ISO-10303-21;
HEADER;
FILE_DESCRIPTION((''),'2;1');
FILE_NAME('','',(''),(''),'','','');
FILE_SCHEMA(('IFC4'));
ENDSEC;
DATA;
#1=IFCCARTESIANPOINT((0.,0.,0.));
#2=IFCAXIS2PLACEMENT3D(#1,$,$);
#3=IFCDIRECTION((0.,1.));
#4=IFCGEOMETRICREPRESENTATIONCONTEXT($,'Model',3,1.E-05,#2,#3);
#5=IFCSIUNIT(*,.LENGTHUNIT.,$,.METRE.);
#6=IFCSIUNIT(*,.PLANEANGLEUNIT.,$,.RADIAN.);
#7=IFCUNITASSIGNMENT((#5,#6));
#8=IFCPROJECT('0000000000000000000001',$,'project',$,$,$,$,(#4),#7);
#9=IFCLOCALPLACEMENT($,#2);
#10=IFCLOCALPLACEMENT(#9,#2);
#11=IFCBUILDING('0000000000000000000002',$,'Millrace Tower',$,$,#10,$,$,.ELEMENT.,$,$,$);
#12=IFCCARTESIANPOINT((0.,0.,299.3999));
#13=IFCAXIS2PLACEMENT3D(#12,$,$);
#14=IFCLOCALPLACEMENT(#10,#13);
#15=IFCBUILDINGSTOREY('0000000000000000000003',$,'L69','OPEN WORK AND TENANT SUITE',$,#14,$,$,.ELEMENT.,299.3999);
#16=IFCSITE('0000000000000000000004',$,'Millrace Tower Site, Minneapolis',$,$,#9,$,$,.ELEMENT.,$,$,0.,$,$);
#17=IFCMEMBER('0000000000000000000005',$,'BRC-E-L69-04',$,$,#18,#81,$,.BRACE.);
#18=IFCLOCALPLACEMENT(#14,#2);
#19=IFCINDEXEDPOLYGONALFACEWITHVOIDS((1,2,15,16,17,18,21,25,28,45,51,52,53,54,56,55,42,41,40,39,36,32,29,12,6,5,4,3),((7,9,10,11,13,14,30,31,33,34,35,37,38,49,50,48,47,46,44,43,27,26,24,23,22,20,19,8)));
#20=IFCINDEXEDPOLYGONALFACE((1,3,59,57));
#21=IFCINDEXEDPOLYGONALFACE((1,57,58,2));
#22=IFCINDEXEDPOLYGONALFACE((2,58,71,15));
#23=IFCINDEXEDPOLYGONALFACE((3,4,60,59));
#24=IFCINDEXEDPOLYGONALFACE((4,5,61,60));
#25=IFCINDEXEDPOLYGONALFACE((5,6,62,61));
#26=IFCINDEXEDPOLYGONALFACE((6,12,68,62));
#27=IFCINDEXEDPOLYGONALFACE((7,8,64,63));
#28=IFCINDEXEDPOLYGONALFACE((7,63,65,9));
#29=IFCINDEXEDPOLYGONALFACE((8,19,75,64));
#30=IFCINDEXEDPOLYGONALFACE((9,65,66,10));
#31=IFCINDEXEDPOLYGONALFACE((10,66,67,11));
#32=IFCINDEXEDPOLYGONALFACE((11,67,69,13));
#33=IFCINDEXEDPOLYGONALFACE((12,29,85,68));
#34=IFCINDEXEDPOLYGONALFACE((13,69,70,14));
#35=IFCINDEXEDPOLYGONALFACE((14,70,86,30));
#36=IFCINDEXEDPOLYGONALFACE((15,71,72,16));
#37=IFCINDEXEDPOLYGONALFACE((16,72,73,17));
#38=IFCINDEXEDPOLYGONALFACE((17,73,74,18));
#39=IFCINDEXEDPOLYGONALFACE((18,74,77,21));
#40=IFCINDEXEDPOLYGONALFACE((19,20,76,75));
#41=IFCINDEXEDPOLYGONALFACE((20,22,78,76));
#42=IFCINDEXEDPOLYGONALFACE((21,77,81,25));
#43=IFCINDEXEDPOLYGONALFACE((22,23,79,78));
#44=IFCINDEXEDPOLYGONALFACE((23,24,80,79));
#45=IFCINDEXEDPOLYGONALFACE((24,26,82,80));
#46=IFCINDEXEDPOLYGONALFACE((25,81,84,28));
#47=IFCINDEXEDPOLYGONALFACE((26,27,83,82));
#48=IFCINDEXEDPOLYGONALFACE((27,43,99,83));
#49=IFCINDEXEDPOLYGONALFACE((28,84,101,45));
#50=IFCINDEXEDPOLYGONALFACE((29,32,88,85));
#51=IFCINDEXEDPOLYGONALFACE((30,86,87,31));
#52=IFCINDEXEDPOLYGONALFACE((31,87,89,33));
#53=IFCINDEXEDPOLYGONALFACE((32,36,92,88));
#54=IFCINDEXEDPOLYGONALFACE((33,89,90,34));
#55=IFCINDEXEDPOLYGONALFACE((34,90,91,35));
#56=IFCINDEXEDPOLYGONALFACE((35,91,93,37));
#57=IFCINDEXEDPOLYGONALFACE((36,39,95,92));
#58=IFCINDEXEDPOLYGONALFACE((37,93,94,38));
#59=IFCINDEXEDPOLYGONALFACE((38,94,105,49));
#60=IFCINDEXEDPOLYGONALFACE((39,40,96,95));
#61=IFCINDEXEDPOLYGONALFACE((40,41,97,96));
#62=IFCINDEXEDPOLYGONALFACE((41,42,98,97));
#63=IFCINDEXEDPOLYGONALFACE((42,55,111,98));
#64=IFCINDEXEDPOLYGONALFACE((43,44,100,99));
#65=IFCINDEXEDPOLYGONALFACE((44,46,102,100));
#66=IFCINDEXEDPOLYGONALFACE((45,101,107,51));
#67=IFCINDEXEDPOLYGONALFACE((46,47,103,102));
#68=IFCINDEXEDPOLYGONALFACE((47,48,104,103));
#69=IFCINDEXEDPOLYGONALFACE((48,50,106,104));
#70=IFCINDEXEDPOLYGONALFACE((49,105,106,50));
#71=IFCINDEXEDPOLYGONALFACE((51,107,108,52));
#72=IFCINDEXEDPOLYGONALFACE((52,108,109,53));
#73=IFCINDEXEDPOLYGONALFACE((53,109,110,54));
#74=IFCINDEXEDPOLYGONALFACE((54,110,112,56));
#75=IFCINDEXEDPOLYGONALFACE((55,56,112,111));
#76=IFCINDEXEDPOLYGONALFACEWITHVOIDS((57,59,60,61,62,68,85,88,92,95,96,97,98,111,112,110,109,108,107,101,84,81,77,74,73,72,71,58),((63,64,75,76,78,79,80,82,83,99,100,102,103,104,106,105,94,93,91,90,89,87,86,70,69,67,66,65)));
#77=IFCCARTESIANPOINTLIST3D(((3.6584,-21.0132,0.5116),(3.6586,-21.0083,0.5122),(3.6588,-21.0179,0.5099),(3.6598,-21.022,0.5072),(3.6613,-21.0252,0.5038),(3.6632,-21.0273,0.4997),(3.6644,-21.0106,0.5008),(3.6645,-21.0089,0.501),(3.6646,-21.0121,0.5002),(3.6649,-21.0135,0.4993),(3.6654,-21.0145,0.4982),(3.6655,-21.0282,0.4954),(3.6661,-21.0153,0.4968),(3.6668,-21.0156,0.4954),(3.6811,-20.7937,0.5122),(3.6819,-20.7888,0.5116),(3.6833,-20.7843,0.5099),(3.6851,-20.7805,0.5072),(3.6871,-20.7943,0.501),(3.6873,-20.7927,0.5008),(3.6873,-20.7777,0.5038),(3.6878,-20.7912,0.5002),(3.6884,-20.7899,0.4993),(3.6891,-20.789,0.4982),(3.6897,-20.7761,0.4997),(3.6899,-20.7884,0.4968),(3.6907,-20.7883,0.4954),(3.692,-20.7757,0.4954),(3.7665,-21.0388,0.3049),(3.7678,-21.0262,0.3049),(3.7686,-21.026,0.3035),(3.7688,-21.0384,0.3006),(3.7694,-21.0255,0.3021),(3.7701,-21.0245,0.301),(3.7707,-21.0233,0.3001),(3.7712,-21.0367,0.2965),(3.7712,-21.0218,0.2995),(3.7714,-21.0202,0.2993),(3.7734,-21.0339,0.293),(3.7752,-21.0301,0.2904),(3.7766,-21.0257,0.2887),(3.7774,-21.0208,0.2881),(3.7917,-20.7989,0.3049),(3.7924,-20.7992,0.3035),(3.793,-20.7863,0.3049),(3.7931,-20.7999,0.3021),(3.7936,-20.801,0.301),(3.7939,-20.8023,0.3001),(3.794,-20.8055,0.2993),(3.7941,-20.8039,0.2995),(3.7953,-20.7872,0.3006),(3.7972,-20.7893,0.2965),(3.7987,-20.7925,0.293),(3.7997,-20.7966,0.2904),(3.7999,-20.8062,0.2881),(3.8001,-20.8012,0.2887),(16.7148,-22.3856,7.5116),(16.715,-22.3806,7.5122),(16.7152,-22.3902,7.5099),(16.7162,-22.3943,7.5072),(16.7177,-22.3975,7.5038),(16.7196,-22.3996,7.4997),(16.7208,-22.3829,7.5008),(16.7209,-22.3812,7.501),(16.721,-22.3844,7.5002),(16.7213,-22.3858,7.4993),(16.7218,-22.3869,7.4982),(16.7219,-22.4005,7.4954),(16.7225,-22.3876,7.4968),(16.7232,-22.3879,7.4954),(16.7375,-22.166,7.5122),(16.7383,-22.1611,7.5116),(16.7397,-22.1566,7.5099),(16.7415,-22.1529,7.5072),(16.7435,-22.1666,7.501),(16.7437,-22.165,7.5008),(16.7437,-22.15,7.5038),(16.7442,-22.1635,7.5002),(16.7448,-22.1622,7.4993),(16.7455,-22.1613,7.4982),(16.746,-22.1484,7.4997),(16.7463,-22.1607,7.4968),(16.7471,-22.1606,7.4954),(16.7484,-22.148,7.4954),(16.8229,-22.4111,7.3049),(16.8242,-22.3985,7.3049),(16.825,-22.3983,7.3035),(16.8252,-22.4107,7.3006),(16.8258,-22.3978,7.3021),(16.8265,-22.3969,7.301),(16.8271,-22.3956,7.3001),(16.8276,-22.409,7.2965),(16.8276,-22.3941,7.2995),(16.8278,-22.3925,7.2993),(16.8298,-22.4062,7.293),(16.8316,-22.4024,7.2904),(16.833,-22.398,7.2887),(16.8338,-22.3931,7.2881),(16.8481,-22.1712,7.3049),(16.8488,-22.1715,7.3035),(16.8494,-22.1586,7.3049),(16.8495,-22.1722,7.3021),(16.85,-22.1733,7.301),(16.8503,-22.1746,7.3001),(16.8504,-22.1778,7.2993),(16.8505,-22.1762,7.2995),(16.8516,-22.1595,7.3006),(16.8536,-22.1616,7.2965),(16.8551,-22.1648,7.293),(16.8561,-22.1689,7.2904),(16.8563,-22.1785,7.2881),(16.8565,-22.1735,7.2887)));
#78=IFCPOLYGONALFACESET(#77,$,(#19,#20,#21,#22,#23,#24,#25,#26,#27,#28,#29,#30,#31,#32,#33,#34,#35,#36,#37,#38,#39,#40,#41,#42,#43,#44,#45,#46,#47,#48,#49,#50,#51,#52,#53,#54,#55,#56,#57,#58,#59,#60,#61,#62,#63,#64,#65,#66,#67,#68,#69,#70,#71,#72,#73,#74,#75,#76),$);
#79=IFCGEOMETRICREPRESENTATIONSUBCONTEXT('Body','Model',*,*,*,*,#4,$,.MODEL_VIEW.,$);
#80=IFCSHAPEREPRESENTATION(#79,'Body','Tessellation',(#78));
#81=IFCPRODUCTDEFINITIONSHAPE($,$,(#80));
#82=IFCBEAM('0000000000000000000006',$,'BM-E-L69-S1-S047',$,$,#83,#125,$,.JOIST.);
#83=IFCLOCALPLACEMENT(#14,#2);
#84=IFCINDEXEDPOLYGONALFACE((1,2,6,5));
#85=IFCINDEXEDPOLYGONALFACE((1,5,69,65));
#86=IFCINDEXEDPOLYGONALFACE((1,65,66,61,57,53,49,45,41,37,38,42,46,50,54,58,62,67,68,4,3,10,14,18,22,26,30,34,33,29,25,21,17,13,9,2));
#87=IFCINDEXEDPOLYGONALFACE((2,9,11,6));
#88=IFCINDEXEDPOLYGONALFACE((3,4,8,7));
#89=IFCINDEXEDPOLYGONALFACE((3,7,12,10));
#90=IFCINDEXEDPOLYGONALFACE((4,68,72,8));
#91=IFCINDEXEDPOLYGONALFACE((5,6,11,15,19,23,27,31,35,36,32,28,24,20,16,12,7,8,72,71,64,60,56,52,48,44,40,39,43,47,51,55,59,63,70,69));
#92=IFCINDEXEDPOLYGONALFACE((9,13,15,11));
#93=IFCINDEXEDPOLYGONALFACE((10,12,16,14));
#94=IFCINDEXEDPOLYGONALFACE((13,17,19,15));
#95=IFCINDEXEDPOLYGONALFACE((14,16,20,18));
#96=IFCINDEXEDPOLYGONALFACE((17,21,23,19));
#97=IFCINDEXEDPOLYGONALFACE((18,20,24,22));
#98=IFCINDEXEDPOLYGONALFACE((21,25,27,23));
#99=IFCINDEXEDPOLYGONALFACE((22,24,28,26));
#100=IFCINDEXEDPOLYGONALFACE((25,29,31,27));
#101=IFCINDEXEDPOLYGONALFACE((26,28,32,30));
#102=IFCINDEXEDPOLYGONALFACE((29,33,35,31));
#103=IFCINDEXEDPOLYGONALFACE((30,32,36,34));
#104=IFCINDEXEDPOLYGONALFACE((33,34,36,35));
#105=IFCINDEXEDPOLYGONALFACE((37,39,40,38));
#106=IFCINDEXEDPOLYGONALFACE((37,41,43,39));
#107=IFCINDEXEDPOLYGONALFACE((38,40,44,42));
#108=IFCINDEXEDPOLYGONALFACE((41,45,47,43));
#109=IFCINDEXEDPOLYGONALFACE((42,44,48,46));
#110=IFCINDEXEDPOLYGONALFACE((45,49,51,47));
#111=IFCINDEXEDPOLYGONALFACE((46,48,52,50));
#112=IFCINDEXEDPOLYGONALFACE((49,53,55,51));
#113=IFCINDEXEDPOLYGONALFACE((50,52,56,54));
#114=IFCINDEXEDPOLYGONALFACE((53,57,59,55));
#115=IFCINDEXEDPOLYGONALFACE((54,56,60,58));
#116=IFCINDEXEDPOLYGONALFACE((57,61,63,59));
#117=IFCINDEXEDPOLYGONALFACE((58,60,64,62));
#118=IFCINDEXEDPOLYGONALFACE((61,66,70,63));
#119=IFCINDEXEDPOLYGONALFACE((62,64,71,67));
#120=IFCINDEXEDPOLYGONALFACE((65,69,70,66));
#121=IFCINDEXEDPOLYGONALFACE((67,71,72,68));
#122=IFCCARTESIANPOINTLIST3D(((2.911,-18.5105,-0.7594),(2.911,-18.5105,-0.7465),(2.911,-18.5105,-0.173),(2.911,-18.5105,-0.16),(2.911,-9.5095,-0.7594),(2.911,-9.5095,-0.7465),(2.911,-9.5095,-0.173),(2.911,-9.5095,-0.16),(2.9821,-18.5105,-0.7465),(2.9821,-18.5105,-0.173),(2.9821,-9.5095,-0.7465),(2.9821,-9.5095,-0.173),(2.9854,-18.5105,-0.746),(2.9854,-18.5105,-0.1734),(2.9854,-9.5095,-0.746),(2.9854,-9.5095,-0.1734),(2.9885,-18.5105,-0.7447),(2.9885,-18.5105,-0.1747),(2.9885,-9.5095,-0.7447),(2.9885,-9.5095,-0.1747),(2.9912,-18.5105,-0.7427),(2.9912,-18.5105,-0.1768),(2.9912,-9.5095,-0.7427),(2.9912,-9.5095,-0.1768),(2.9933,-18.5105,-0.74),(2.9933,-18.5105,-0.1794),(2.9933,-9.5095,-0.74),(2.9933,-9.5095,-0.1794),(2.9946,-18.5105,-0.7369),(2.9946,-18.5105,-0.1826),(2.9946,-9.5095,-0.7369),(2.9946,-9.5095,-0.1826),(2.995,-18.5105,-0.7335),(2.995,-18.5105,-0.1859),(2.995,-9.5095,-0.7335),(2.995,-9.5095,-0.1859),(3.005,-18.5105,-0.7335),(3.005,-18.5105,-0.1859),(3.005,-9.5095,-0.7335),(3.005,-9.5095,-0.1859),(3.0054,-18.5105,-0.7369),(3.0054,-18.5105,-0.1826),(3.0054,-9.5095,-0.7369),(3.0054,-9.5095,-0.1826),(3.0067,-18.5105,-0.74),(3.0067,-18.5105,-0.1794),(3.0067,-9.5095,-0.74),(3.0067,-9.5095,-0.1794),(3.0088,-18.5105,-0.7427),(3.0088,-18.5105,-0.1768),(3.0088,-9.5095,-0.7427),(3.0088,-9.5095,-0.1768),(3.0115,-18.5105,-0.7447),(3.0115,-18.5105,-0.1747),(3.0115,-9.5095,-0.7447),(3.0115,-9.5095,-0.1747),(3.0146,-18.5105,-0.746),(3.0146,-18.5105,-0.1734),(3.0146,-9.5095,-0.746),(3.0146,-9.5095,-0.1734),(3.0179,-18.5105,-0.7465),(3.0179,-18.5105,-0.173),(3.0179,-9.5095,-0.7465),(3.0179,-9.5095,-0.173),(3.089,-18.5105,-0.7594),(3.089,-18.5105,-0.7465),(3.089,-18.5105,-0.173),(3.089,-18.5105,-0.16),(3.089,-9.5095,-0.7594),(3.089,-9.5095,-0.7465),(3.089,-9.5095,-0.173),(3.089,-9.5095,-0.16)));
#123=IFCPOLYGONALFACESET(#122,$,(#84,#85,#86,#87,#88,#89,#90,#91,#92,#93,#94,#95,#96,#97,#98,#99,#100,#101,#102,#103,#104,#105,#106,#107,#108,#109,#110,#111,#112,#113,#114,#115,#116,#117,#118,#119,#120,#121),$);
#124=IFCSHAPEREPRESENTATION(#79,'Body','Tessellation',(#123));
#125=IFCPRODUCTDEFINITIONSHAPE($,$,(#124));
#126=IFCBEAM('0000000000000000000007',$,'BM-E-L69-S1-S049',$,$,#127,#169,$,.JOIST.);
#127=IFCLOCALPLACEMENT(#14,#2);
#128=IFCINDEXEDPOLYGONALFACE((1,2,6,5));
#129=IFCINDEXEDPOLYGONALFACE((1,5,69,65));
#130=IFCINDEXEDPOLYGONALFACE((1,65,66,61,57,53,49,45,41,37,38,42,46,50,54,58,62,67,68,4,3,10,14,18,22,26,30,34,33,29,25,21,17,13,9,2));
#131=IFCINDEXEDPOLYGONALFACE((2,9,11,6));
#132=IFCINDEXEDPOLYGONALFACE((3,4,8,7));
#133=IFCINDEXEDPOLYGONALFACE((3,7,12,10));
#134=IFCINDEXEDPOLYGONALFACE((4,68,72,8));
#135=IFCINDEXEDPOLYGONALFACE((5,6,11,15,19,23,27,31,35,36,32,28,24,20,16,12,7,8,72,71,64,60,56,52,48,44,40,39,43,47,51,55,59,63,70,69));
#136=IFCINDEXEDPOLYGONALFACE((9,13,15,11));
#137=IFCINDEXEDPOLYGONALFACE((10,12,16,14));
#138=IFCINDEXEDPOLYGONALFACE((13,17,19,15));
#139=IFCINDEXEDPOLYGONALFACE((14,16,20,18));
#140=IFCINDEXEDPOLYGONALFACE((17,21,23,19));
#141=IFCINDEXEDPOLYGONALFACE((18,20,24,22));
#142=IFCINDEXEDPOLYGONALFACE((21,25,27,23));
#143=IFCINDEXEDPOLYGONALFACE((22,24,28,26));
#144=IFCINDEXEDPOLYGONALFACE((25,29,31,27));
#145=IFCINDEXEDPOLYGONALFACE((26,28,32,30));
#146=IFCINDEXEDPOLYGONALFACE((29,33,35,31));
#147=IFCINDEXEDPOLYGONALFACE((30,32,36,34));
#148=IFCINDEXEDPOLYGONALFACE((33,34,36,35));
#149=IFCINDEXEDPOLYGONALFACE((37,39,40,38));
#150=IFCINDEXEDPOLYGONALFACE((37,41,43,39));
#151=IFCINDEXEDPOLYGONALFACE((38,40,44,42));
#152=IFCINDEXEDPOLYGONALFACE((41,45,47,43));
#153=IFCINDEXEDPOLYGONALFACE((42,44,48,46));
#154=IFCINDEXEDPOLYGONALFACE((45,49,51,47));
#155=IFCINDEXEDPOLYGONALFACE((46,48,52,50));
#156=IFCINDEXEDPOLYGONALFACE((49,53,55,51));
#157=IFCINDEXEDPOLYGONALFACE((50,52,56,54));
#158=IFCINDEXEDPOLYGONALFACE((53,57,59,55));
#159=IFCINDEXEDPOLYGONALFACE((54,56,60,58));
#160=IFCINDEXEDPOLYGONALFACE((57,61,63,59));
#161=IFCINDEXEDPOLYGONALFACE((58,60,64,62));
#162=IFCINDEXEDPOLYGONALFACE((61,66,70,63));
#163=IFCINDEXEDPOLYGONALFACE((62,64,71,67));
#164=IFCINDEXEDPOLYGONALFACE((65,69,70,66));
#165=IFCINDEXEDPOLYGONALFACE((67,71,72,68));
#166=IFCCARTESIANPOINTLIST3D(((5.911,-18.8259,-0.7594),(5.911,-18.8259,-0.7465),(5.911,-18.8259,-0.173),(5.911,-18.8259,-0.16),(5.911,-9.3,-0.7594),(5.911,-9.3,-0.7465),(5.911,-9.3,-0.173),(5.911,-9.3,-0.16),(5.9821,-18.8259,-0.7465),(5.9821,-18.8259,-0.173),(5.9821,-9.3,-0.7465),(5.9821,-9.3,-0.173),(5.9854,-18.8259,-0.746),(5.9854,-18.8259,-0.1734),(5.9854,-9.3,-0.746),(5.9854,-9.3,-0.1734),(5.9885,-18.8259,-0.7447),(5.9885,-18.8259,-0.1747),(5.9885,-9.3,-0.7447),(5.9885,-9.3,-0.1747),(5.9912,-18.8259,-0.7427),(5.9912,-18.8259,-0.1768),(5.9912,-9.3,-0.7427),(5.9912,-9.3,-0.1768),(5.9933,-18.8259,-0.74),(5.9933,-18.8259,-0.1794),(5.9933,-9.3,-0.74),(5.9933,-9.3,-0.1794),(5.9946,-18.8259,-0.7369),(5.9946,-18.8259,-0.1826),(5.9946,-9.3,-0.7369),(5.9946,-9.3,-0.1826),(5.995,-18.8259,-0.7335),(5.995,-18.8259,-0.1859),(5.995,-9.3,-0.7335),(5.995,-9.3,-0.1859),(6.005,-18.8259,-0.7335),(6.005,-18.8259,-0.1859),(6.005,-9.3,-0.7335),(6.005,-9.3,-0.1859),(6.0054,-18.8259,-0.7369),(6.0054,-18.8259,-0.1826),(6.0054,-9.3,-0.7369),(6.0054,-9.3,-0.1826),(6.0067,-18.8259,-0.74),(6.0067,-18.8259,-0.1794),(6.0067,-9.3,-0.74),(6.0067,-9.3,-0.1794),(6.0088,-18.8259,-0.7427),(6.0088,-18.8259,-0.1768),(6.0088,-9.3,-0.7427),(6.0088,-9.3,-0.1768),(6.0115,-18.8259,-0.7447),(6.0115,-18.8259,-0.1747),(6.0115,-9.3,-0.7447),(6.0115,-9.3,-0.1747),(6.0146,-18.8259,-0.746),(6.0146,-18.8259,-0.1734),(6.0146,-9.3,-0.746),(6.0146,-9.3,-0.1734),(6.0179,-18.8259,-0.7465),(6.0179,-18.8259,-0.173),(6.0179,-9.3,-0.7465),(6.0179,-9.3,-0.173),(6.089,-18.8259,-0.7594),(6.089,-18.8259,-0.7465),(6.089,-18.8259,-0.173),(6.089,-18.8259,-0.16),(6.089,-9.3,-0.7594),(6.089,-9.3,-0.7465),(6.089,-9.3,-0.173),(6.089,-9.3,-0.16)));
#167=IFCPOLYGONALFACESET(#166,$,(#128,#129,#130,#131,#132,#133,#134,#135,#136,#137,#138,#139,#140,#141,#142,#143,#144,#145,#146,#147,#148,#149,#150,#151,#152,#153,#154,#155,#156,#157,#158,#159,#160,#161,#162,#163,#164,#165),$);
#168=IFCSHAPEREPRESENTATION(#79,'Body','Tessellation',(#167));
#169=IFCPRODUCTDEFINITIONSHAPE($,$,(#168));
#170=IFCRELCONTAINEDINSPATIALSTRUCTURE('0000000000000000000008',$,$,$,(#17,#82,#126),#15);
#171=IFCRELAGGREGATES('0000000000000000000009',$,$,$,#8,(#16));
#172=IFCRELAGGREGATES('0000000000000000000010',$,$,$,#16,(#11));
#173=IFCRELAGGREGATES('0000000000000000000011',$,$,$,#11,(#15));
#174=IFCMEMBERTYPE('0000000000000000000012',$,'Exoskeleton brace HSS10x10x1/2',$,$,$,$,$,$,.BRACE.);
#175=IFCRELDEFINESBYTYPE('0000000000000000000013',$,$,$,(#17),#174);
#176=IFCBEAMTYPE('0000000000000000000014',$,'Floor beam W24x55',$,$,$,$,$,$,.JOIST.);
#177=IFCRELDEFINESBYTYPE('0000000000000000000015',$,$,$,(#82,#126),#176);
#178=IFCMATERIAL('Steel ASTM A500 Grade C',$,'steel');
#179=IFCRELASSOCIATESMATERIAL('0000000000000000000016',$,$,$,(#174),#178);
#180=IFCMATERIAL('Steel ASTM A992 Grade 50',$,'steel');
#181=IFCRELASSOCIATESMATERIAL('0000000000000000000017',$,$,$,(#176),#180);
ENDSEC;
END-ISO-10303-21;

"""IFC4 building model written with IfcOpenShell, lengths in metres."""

from ifc_helpers import new_model, si_unit, direction, frame, origin, origin_2d, place, context, subcontext, project, spatial, hollow_rectangle, i_section, extrude, material, material_profile, profile_set, type_object, element, save


model = new_model("IFC4")

# Units and contexts
model_context = context("Model", 3, precision=1e-05, world=origin(), true_north=direction((0.0, 1.0)))
body_context = subcontext(model_context, "Body", "Model", "MODEL_VIEW")
ifc_project = project(units=[si_unit("LENGTHUNIT", "METRE"), si_unit("PLANEANGLEUNIT", "RADIAN")], contexts=[model_context])

# Site, building, storey
site_placement = place(None, origin())
site = spatial("IfcSite", under=ifc_project, at=site_placement, Name="Millrace Tower Site, Minneapolis", CompositionType="ELEMENT", RefElevation=0.0)
building_placement = place(site_placement, origin())
building = spatial("IfcBuilding", under=site, at=building_placement, Name="Millrace Tower", CompositionType="ELEMENT")
storey_placement = place(building_placement, frame((0.0, 0.0, 299.3999)))
storey = spatial("IfcBuildingStorey", under=building, at=storey_placement, Name="L69", Description="OPEN WORK AND TENANT SUITE", CompositionType="ELEMENT", Elevation=299.3999)

# Member
ifc_material_1 = material(Name="Steel ASTM A500 Grade C", Category="steel")
ifc_material_profile_1 = material_profile(ifc_material_1, hollow_rectangle(XDim=0.2539, YDim=0.2539, WallThickness=0.0127, InnerFilletRadius=0.0063, OuterFilletRadius=0.019, at=origin_2d()))
ifc_profile_set_1 = profile_set([ifc_material_profile_1], Name="Steel ASTM A500 Grade C")
member_type_1 = type_object("IfcMemberType", Name="Exoskeleton brace HSS10x10x1/2", PredefinedType="BRACE", material=ifc_profile_set_1)
member_1_placement = place(storey_placement, frame((3.7292, -20.9072, 0.4001), z_axis=(0.877568, -0.092238, 0.470496), x_axis=(0.104531, 0.994522, 0.0)))
element("IfcMember", 1, at=member_1_placement, inside=storey, type_object=member_type_1, Name="BRC-E-L69-04", PredefinedType="BRACE", context=body_context, shape_type="SweptSolid", body=[
    extrude(hollow_rectangle(XDim=0.2539, YDim=0.2539, WallThickness=0.0127, InnerFilletRadius=0.0063, OuterFilletRadius=0.019, at=origin_2d()), origin(), (0.0, 0.0, 1.0), 14.8779),
])

# Beams
ifc_material_2 = material(Name="Steel ASTM A992 Grade 50", Category="steel")
ifc_material_profile_2 = material_profile(ifc_material_2, i_section(OverallWidth=0.178, OverallDepth=0.5994, WebThickness=0.01, FlangeThickness=0.0129, FilletRadius=0.0129, at=origin_2d()))
ifc_profile_set_2 = profile_set([ifc_material_profile_2], Name="Steel ASTM A992 Grade 50")
beam_type_1 = type_object("IfcBeamType", Name="Floor beam W24x55", PredefinedType="JOIST", material=ifc_profile_set_2)
beam_1_placement = place(storey_placement, frame((3.0, -18.5105, -0.4597), z_axis=(0.0, 1.0, 0.0), x_axis=(-1.0, 0.0, 0.0)))
element("IfcBeam", 2, at=beam_1_placement, inside=storey, type_object=beam_type_1, Name="BM-E-L69-S1-S047", PredefinedType="JOIST", context=body_context, shape_type="SweptSolid", body=[
    extrude(i_section(OverallWidth=0.178, OverallDepth=0.5994, WebThickness=0.01, FlangeThickness=0.0129, FilletRadius=0.0129, at=origin_2d()), origin(), (0.0, 0.0, 1.0), 9.001),
])
beam_2_placement = place(storey_placement, frame((6.0, -18.8259, -0.4597), z_axis=(0.0, 1.0, 0.0), x_axis=(-1.0, 0.0, 0.0)))
element("IfcBeam", 3, at=beam_2_placement, inside=storey, type_object=beam_type_1, Name="BM-E-L69-S1-S049", PredefinedType="JOIST", context=body_context, shape_type="SweptSolid", body=[
    extrude(i_section(OverallWidth=0.178, OverallDepth=0.5994, WebThickness=0.01, FlangeThickness=0.0129, FilletRadius=0.0129, at=origin_2d()), origin(), (0.0, 0.0, 1.0), 9.5259),
])

save(model, "model.ifc")
